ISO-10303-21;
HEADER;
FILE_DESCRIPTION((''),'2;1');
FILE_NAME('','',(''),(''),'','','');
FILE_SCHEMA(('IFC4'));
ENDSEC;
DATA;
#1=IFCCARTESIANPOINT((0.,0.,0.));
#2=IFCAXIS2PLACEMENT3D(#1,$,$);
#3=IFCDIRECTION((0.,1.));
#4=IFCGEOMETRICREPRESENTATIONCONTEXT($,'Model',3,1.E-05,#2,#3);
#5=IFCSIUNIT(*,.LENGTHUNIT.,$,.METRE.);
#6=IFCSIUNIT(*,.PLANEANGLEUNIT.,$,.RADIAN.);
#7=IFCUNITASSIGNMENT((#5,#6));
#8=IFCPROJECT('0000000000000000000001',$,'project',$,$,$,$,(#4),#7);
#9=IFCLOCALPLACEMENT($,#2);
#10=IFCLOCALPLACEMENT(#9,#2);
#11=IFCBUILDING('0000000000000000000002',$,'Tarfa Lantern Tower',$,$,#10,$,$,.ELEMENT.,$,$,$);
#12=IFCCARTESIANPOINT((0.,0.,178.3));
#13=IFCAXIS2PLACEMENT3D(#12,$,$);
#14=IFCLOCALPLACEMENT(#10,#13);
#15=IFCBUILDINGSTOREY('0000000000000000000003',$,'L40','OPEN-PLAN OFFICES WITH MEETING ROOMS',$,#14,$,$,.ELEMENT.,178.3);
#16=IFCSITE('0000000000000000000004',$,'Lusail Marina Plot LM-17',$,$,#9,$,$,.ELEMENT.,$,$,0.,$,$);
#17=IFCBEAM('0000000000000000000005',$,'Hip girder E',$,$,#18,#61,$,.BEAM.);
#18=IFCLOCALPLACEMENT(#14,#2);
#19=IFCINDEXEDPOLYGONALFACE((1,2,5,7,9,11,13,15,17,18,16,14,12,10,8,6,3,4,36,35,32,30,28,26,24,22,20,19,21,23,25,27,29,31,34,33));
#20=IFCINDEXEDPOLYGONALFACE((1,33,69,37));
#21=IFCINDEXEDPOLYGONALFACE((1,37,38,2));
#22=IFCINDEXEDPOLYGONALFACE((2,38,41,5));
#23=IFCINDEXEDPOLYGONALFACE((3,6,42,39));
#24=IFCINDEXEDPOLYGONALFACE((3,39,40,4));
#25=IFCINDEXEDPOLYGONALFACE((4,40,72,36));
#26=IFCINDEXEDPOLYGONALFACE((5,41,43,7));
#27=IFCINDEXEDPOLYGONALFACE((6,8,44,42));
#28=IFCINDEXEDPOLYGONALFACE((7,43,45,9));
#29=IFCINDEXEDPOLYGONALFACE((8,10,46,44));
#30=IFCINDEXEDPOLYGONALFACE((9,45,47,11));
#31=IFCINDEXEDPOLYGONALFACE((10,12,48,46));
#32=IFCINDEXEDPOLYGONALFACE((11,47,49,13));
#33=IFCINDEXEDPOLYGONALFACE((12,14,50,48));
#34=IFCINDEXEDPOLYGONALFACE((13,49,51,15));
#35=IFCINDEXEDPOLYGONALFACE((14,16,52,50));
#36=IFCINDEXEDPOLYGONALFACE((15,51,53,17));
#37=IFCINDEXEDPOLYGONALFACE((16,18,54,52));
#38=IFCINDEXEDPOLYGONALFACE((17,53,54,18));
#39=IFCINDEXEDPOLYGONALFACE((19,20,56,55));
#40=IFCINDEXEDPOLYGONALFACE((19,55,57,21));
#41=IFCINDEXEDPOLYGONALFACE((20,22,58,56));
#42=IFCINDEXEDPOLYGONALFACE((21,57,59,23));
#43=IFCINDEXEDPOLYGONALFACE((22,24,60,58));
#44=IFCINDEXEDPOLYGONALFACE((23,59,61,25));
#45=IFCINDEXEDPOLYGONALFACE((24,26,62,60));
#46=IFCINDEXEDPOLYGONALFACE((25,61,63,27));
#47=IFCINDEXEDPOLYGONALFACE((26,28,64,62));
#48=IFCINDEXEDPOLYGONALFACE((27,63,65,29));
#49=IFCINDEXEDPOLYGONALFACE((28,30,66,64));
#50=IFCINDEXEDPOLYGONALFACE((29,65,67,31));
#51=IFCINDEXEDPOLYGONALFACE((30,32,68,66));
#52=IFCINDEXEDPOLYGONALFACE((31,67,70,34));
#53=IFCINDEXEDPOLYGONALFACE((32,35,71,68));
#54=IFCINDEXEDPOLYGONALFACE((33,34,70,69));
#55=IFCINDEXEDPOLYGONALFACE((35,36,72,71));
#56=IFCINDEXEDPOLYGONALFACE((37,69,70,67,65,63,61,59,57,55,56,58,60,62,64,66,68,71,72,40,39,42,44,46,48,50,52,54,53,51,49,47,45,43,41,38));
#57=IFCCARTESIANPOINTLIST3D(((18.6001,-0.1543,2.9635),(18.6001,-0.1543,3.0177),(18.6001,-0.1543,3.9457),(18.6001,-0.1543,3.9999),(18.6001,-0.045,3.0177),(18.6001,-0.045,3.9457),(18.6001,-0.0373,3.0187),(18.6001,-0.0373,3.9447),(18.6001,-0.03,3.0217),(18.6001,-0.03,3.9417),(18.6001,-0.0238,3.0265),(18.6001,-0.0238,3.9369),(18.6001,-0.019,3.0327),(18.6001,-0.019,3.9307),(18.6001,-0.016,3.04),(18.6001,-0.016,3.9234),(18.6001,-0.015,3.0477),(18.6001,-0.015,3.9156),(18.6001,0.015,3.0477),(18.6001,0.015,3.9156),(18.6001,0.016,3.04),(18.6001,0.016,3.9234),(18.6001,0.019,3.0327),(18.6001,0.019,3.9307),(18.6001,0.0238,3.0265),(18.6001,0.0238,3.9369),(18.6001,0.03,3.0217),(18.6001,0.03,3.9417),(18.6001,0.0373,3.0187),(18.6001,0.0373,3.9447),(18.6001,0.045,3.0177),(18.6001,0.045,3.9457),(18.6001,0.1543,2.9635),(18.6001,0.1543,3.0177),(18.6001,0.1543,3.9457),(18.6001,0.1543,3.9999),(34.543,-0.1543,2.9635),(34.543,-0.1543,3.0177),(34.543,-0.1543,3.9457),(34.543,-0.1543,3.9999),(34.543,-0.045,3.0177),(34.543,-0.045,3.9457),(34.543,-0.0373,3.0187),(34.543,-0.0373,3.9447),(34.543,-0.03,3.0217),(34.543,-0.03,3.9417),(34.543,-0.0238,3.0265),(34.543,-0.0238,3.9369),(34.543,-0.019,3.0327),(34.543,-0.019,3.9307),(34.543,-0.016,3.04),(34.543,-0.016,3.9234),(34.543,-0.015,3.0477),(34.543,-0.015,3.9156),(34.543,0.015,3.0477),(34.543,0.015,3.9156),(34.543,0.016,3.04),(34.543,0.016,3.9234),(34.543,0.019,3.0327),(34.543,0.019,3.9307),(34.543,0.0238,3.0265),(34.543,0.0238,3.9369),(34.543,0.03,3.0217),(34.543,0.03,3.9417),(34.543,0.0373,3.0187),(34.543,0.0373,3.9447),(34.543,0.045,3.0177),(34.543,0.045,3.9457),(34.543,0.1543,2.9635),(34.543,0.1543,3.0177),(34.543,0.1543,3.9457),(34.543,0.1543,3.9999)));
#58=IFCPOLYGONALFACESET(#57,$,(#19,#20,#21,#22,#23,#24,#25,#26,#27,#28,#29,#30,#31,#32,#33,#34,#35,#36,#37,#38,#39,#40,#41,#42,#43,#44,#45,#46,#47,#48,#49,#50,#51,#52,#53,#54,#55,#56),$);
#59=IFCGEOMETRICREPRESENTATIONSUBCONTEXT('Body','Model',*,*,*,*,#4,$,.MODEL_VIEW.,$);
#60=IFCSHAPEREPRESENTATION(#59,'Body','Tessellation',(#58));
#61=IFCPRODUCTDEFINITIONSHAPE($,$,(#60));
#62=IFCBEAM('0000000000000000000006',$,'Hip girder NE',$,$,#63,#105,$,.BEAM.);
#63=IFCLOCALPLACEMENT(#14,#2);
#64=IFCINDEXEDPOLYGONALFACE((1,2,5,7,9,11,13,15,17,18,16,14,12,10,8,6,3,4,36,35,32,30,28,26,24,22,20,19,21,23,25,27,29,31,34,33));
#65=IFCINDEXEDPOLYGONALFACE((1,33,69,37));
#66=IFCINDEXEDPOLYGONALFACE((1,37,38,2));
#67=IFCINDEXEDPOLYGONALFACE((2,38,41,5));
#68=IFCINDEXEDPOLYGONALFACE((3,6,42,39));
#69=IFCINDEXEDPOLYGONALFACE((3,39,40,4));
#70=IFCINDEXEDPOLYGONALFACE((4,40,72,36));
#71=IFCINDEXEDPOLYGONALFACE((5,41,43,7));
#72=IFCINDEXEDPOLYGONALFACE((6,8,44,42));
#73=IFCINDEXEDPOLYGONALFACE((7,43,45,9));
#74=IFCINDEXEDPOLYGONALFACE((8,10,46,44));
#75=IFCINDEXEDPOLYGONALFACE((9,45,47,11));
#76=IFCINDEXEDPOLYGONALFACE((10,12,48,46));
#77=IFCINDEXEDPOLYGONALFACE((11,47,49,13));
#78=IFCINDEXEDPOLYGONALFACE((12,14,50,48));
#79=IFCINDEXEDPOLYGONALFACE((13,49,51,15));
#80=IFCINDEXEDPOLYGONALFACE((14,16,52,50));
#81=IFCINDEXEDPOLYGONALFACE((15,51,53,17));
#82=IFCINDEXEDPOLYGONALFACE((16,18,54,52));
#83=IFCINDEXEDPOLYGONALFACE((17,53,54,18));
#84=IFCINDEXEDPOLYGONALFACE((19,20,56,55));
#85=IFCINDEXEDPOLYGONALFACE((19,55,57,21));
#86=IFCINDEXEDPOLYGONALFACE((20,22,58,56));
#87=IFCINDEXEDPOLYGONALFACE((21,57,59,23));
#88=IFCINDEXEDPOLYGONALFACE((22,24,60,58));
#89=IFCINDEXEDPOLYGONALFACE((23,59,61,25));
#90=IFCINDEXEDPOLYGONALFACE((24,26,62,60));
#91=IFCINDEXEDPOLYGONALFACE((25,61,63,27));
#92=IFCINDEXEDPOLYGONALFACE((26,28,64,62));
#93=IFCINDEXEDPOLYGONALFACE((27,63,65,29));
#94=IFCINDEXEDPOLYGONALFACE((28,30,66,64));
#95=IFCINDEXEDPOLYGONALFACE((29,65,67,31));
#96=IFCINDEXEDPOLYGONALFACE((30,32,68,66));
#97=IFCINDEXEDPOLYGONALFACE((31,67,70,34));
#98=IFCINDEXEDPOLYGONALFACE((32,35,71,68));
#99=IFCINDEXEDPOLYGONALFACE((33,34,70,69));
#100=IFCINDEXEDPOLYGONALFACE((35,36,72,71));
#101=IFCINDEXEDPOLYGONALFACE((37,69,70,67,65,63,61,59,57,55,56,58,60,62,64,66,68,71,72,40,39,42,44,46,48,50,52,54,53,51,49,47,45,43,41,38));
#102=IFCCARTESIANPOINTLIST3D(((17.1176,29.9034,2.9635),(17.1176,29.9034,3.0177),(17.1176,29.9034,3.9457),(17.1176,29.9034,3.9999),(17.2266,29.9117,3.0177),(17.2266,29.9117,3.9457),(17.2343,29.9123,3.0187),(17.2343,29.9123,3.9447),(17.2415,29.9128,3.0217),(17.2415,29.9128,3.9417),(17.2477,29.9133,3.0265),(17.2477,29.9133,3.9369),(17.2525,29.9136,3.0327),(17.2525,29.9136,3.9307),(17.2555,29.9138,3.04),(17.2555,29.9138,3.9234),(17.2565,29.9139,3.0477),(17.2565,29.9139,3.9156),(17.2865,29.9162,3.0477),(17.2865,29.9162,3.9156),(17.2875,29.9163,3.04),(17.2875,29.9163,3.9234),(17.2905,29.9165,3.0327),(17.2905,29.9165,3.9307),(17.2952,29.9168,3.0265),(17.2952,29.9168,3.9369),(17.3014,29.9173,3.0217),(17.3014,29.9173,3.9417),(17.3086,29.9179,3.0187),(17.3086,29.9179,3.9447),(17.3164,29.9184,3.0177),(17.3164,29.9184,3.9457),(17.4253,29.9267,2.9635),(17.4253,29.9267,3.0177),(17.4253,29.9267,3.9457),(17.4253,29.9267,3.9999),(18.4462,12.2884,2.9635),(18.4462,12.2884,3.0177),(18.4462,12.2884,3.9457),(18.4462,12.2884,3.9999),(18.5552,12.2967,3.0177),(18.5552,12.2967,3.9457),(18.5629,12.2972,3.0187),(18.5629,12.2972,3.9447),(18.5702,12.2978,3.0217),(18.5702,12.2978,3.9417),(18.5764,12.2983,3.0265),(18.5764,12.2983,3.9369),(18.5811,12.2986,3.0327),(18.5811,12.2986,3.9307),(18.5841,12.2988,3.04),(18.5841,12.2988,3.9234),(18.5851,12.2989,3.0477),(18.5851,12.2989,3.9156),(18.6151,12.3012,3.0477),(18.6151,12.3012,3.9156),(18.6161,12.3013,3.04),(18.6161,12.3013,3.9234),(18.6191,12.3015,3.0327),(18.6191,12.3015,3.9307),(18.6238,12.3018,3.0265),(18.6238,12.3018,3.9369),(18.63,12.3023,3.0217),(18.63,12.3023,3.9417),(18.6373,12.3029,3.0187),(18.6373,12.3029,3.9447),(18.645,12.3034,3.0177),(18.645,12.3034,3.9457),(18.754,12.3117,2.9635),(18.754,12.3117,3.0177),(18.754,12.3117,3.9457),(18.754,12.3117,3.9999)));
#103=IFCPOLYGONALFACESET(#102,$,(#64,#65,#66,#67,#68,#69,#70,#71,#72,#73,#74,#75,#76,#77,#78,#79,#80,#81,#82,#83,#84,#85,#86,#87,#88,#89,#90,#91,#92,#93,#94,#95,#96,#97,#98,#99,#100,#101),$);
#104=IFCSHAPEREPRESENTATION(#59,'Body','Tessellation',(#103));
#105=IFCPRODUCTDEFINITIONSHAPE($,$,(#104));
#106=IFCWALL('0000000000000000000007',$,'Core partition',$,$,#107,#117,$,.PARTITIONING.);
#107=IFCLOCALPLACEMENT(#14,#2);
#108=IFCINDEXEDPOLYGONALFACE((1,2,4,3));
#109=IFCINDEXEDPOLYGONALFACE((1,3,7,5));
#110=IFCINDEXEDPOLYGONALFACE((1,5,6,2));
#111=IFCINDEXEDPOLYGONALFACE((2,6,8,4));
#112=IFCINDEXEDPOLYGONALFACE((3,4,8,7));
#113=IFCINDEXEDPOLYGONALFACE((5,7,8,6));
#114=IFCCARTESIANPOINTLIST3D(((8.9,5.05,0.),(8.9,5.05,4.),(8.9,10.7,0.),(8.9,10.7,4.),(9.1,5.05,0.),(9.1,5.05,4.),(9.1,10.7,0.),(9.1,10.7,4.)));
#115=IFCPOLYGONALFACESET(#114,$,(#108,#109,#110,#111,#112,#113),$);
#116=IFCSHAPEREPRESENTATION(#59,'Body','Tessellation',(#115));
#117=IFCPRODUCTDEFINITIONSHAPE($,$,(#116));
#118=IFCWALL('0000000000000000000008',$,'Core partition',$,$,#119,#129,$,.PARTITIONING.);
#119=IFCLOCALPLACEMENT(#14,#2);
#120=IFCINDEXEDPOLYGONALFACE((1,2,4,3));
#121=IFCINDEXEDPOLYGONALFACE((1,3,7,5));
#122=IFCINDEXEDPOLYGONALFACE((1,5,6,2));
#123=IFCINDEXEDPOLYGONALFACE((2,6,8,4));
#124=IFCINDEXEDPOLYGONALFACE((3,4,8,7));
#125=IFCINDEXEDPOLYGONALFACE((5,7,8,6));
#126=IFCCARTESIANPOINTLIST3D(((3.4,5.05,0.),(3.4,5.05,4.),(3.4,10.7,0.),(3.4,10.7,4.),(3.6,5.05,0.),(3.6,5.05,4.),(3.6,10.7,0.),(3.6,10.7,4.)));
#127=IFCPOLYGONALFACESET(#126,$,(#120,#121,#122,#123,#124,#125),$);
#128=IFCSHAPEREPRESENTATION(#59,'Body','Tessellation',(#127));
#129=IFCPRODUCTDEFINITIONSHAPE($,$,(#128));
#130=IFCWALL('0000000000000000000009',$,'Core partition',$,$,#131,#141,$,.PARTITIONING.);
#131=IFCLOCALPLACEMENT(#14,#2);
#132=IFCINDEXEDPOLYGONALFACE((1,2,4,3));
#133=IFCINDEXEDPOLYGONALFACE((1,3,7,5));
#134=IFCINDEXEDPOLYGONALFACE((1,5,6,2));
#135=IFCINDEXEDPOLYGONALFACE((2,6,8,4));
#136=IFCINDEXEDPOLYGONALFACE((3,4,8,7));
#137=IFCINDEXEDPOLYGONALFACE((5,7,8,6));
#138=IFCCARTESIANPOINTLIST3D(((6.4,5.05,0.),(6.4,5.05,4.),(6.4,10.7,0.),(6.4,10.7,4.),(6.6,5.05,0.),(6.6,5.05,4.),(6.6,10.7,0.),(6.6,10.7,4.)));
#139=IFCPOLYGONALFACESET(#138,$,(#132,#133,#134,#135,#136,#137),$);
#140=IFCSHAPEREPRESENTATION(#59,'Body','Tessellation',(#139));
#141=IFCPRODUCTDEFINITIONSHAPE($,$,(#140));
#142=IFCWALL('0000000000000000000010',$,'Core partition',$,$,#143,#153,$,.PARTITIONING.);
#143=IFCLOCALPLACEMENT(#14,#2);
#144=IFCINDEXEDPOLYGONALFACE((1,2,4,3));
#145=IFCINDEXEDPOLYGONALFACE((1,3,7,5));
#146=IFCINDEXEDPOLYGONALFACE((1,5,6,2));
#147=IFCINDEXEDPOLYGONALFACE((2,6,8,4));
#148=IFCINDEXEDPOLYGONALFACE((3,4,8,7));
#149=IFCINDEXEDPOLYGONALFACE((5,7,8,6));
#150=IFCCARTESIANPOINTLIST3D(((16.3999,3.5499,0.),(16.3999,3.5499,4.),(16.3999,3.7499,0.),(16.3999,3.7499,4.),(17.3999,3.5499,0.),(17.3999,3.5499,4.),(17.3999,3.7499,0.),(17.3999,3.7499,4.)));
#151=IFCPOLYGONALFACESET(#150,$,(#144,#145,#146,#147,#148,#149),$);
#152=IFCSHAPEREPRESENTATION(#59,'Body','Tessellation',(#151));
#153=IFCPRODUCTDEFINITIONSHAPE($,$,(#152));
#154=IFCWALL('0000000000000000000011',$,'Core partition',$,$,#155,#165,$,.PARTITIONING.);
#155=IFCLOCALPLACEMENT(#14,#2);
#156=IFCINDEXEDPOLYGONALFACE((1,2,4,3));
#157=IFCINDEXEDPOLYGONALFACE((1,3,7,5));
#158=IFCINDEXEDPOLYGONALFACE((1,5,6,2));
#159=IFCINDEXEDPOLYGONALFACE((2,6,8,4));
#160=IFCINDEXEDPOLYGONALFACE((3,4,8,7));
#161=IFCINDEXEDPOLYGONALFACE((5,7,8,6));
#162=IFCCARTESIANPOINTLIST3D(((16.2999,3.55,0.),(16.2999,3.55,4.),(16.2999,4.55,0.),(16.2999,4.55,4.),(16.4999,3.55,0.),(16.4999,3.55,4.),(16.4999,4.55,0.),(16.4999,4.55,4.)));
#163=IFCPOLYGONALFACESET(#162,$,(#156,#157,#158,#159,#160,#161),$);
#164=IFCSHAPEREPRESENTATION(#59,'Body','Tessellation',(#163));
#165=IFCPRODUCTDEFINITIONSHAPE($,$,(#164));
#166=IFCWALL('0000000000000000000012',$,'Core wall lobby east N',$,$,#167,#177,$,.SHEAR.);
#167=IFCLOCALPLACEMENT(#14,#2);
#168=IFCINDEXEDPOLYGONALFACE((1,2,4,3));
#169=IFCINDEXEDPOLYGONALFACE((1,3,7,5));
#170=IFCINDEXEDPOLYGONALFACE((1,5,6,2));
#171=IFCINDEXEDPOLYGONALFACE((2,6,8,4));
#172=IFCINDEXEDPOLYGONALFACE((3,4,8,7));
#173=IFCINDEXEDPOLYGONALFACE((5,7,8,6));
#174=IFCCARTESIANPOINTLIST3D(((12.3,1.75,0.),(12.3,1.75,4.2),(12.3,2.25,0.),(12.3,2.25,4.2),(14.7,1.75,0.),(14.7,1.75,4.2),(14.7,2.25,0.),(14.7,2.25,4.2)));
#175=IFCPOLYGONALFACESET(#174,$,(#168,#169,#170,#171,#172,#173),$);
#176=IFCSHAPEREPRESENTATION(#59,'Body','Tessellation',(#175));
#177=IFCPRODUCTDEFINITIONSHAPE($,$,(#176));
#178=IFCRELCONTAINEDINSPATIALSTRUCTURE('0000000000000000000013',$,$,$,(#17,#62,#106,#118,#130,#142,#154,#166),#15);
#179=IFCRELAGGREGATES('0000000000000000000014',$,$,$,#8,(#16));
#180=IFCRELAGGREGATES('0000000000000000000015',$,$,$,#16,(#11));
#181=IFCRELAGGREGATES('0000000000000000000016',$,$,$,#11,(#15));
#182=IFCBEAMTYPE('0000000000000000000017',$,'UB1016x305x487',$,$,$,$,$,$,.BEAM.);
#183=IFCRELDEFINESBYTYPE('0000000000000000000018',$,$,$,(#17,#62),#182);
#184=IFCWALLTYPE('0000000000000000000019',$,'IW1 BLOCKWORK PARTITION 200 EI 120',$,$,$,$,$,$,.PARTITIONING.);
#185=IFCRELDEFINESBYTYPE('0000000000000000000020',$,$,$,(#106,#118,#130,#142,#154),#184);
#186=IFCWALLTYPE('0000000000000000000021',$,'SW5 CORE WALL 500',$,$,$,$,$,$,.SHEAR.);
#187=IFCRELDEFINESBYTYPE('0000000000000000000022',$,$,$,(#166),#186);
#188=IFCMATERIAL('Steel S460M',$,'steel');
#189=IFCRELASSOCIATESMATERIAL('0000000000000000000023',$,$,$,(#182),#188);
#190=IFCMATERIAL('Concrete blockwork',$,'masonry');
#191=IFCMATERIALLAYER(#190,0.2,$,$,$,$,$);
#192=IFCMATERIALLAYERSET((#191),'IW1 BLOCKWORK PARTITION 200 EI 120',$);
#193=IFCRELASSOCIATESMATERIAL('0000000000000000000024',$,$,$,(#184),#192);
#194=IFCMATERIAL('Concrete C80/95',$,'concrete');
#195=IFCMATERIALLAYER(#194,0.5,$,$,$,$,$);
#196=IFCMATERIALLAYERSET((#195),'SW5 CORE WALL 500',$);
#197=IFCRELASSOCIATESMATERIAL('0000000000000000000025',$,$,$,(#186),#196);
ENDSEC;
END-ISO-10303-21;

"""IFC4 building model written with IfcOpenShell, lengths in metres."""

from ifc_helpers import new_model, si_unit, direction, frame, frame_2d, origin, origin_2d, place, context, subcontext, project, spatial, rectangle, i_section, extrude, material, layer, layer_set, material_profile, profile_set, type_object, element, save


model = new_model("IFC4")

# Units and contexts
model_context = context("Model", 3, precision=1e-05, world=origin(), true_north=direction((0.0, 1.0)))
body_context = subcontext(model_context, "Body", "Model", "MODEL_VIEW")
ifc_project = project(units=[si_unit("LENGTHUNIT", "METRE"), si_unit("PLANEANGLEUNIT", "RADIAN")], contexts=[model_context])

# Site, building, storey
site_placement = place(None, origin())
site = spatial("IfcSite", under=ifc_project, at=site_placement, Name="Lusail Marina Plot LM-17", CompositionType="ELEMENT", RefElevation=0.0)
building_placement = place(site_placement, origin())
building = spatial("IfcBuilding", under=site, at=building_placement, Name="Tarfa Lantern Tower", CompositionType="ELEMENT")
storey_placement = place(building_placement, frame((0.0, 0.0, 178.3)))
storey = spatial("IfcBuildingStorey", under=building, at=storey_placement, Name="L40", Description="OPEN-PLAN OFFICES WITH MEETING ROOMS", CompositionType="ELEMENT", Elevation=178.3)

# Beams
ifc_material_1 = material(Name="Steel S460M", Category="steel")
ifc_material_profile = material_profile(ifc_material_1, i_section(OverallWidth=0.3086, OverallDepth=1.0364, WebThickness=0.03, FlangeThickness=0.0542, FilletRadius=0.03, at=origin_2d()), Name="UB1016x305x487")
ifc_profile_set = profile_set([ifc_material_profile], Name="Steel S460M")
beam_type = type_object("IfcBeamType", Name="UB1016x305x487", PredefinedType="BEAM", material=ifc_profile_set)
beam_1_placement = place(storey_placement, frame((18.6001, 0.0, 3.4817), z_axis=(1.0, 0.0, 0.0), x_axis=(0.0, 1.0, 0.0)))
element("IfcBeam", 1, at=beam_1_placement, inside=storey, type_object=beam_type, Name="Hip girder E", PredefinedType="BEAM", context=body_context, shape_type="SweptSolid", body=[
    extrude(i_section(OverallWidth=0.3086, OverallDepth=1.0364, WebThickness=0.03, FlangeThickness=0.0542, FilletRadius=0.03, at=origin_2d()), origin(), (0.0, 0.0, 1.0), 15.9429),
])
beam_2_placement = place(storey_placement, frame((18.6001, 12.3, 3.4817), z_axis=(-0.075212, 0.997168, 0.0), x_axis=(-0.997168, -0.075212, 0.0)))
element("IfcBeam", 2, at=beam_2_placement, inside=storey, type_object=beam_type, Name="Hip girder NE", PredefinedType="BEAM", context=body_context, shape_type="SweptSolid", body=[
    extrude(i_section(OverallWidth=0.3086, OverallDepth=1.0364, WebThickness=0.03, FlangeThickness=0.0542, FilletRadius=0.03, at=origin_2d()), origin(), (0.0, 0.0, 1.0), 17.665),
])

# Walls
ifc_material_2 = material(Name="Concrete blockwork", Category="masonry")
ifc_layer_1 = layer(ifc_material_2, 0.2)
ifc_layer_set_1 = layer_set([ifc_layer_1], Name="IW1 BLOCKWORK PARTITION 200 EI 120")
wall_type_1 = type_object("IfcWallType", Name="IW1 BLOCKWORK PARTITION 200 EI 120", PredefinedType="PARTITIONING", material=ifc_layer_set_1)
for number, where, z_axis, x_axis, name in (
    (3, (9.0, 5.05, 0.0), (0.0, 0.0, 1.0), (0.0, 1.0, 0.0), "Core partition"),
    (4, (3.5, 5.05, 0.0), (0.0, 0.0, 1.0), (0.0, 1.0, 0.0), "Core partition"),
    (5, (6.5, 5.05, 0.0), (0.0, 0.0, 1.0), (0.0, 1.0, 0.0), "Core partition"),
):
    element("IfcWall", number, at=place(storey_placement, frame(where, z_axis=z_axis, x_axis=x_axis)), inside=storey, type_object=wall_type_1, Name=name, PredefinedType="PARTITIONING", context=body_context, shape_type="SweptSolid", body=[
        extrude(rectangle(XDim=5.6499, YDim=0.2, at=frame_2d((2.825, 0.0))), origin(), (0.0, 0.0, 1.0), 4.0),
    ])
for number, where, z_axis, x_axis, name in (
    (6, (16.3999, 3.6499, 0.0), (0.0, 0.0, 1.0), (1.0, 0.0, 0.0), "Core partition"),
    (7, (16.3999, 3.55, 0.0), (0.0, 0.0, 1.0), (0.0, 1.0, 0.0), "Core partition"),
):
    element("IfcWall", number, at=place(storey_placement, frame(where, z_axis=z_axis, x_axis=x_axis)), inside=storey, type_object=wall_type_1, Name=name, PredefinedType="PARTITIONING", context=body_context, shape_type="SweptSolid", body=[
        extrude(rectangle(XDim=1.0, YDim=0.2, at=frame_2d((0.5, 0.0))), origin(), (0.0, 0.0, 1.0), 4.0),
    ])
ifc_material_3 = material(Name="Concrete C80/95", Category="concrete")
ifc_layer_2 = layer(ifc_material_3, 0.5)
ifc_layer_set_2 = layer_set([ifc_layer_2], Name="SW5 CORE WALL 500")
wall_type_2 = type_object("IfcWallType", Name="SW5 CORE WALL 500", PredefinedType="SHEAR", material=ifc_layer_set_2)
wall_1_placement = place(storey_placement, frame((12.3, 2.0, 0.0), z_axis=(0.0, 0.0, 1.0), x_axis=(1.0, 0.0, 0.0)))
element("IfcWall", 8, at=wall_1_placement, inside=storey, type_object=wall_type_2, Name="Core wall lobby east N", PredefinedType="SHEAR", context=body_context, shape_type="SweptSolid", body=[
    extrude(rectangle(XDim=2.3999, YDim=0.5, at=frame_2d((1.2, 0.0))), origin(), (0.0, 0.0, 1.0), 4.2),
])

save(model, "model.ifc")
